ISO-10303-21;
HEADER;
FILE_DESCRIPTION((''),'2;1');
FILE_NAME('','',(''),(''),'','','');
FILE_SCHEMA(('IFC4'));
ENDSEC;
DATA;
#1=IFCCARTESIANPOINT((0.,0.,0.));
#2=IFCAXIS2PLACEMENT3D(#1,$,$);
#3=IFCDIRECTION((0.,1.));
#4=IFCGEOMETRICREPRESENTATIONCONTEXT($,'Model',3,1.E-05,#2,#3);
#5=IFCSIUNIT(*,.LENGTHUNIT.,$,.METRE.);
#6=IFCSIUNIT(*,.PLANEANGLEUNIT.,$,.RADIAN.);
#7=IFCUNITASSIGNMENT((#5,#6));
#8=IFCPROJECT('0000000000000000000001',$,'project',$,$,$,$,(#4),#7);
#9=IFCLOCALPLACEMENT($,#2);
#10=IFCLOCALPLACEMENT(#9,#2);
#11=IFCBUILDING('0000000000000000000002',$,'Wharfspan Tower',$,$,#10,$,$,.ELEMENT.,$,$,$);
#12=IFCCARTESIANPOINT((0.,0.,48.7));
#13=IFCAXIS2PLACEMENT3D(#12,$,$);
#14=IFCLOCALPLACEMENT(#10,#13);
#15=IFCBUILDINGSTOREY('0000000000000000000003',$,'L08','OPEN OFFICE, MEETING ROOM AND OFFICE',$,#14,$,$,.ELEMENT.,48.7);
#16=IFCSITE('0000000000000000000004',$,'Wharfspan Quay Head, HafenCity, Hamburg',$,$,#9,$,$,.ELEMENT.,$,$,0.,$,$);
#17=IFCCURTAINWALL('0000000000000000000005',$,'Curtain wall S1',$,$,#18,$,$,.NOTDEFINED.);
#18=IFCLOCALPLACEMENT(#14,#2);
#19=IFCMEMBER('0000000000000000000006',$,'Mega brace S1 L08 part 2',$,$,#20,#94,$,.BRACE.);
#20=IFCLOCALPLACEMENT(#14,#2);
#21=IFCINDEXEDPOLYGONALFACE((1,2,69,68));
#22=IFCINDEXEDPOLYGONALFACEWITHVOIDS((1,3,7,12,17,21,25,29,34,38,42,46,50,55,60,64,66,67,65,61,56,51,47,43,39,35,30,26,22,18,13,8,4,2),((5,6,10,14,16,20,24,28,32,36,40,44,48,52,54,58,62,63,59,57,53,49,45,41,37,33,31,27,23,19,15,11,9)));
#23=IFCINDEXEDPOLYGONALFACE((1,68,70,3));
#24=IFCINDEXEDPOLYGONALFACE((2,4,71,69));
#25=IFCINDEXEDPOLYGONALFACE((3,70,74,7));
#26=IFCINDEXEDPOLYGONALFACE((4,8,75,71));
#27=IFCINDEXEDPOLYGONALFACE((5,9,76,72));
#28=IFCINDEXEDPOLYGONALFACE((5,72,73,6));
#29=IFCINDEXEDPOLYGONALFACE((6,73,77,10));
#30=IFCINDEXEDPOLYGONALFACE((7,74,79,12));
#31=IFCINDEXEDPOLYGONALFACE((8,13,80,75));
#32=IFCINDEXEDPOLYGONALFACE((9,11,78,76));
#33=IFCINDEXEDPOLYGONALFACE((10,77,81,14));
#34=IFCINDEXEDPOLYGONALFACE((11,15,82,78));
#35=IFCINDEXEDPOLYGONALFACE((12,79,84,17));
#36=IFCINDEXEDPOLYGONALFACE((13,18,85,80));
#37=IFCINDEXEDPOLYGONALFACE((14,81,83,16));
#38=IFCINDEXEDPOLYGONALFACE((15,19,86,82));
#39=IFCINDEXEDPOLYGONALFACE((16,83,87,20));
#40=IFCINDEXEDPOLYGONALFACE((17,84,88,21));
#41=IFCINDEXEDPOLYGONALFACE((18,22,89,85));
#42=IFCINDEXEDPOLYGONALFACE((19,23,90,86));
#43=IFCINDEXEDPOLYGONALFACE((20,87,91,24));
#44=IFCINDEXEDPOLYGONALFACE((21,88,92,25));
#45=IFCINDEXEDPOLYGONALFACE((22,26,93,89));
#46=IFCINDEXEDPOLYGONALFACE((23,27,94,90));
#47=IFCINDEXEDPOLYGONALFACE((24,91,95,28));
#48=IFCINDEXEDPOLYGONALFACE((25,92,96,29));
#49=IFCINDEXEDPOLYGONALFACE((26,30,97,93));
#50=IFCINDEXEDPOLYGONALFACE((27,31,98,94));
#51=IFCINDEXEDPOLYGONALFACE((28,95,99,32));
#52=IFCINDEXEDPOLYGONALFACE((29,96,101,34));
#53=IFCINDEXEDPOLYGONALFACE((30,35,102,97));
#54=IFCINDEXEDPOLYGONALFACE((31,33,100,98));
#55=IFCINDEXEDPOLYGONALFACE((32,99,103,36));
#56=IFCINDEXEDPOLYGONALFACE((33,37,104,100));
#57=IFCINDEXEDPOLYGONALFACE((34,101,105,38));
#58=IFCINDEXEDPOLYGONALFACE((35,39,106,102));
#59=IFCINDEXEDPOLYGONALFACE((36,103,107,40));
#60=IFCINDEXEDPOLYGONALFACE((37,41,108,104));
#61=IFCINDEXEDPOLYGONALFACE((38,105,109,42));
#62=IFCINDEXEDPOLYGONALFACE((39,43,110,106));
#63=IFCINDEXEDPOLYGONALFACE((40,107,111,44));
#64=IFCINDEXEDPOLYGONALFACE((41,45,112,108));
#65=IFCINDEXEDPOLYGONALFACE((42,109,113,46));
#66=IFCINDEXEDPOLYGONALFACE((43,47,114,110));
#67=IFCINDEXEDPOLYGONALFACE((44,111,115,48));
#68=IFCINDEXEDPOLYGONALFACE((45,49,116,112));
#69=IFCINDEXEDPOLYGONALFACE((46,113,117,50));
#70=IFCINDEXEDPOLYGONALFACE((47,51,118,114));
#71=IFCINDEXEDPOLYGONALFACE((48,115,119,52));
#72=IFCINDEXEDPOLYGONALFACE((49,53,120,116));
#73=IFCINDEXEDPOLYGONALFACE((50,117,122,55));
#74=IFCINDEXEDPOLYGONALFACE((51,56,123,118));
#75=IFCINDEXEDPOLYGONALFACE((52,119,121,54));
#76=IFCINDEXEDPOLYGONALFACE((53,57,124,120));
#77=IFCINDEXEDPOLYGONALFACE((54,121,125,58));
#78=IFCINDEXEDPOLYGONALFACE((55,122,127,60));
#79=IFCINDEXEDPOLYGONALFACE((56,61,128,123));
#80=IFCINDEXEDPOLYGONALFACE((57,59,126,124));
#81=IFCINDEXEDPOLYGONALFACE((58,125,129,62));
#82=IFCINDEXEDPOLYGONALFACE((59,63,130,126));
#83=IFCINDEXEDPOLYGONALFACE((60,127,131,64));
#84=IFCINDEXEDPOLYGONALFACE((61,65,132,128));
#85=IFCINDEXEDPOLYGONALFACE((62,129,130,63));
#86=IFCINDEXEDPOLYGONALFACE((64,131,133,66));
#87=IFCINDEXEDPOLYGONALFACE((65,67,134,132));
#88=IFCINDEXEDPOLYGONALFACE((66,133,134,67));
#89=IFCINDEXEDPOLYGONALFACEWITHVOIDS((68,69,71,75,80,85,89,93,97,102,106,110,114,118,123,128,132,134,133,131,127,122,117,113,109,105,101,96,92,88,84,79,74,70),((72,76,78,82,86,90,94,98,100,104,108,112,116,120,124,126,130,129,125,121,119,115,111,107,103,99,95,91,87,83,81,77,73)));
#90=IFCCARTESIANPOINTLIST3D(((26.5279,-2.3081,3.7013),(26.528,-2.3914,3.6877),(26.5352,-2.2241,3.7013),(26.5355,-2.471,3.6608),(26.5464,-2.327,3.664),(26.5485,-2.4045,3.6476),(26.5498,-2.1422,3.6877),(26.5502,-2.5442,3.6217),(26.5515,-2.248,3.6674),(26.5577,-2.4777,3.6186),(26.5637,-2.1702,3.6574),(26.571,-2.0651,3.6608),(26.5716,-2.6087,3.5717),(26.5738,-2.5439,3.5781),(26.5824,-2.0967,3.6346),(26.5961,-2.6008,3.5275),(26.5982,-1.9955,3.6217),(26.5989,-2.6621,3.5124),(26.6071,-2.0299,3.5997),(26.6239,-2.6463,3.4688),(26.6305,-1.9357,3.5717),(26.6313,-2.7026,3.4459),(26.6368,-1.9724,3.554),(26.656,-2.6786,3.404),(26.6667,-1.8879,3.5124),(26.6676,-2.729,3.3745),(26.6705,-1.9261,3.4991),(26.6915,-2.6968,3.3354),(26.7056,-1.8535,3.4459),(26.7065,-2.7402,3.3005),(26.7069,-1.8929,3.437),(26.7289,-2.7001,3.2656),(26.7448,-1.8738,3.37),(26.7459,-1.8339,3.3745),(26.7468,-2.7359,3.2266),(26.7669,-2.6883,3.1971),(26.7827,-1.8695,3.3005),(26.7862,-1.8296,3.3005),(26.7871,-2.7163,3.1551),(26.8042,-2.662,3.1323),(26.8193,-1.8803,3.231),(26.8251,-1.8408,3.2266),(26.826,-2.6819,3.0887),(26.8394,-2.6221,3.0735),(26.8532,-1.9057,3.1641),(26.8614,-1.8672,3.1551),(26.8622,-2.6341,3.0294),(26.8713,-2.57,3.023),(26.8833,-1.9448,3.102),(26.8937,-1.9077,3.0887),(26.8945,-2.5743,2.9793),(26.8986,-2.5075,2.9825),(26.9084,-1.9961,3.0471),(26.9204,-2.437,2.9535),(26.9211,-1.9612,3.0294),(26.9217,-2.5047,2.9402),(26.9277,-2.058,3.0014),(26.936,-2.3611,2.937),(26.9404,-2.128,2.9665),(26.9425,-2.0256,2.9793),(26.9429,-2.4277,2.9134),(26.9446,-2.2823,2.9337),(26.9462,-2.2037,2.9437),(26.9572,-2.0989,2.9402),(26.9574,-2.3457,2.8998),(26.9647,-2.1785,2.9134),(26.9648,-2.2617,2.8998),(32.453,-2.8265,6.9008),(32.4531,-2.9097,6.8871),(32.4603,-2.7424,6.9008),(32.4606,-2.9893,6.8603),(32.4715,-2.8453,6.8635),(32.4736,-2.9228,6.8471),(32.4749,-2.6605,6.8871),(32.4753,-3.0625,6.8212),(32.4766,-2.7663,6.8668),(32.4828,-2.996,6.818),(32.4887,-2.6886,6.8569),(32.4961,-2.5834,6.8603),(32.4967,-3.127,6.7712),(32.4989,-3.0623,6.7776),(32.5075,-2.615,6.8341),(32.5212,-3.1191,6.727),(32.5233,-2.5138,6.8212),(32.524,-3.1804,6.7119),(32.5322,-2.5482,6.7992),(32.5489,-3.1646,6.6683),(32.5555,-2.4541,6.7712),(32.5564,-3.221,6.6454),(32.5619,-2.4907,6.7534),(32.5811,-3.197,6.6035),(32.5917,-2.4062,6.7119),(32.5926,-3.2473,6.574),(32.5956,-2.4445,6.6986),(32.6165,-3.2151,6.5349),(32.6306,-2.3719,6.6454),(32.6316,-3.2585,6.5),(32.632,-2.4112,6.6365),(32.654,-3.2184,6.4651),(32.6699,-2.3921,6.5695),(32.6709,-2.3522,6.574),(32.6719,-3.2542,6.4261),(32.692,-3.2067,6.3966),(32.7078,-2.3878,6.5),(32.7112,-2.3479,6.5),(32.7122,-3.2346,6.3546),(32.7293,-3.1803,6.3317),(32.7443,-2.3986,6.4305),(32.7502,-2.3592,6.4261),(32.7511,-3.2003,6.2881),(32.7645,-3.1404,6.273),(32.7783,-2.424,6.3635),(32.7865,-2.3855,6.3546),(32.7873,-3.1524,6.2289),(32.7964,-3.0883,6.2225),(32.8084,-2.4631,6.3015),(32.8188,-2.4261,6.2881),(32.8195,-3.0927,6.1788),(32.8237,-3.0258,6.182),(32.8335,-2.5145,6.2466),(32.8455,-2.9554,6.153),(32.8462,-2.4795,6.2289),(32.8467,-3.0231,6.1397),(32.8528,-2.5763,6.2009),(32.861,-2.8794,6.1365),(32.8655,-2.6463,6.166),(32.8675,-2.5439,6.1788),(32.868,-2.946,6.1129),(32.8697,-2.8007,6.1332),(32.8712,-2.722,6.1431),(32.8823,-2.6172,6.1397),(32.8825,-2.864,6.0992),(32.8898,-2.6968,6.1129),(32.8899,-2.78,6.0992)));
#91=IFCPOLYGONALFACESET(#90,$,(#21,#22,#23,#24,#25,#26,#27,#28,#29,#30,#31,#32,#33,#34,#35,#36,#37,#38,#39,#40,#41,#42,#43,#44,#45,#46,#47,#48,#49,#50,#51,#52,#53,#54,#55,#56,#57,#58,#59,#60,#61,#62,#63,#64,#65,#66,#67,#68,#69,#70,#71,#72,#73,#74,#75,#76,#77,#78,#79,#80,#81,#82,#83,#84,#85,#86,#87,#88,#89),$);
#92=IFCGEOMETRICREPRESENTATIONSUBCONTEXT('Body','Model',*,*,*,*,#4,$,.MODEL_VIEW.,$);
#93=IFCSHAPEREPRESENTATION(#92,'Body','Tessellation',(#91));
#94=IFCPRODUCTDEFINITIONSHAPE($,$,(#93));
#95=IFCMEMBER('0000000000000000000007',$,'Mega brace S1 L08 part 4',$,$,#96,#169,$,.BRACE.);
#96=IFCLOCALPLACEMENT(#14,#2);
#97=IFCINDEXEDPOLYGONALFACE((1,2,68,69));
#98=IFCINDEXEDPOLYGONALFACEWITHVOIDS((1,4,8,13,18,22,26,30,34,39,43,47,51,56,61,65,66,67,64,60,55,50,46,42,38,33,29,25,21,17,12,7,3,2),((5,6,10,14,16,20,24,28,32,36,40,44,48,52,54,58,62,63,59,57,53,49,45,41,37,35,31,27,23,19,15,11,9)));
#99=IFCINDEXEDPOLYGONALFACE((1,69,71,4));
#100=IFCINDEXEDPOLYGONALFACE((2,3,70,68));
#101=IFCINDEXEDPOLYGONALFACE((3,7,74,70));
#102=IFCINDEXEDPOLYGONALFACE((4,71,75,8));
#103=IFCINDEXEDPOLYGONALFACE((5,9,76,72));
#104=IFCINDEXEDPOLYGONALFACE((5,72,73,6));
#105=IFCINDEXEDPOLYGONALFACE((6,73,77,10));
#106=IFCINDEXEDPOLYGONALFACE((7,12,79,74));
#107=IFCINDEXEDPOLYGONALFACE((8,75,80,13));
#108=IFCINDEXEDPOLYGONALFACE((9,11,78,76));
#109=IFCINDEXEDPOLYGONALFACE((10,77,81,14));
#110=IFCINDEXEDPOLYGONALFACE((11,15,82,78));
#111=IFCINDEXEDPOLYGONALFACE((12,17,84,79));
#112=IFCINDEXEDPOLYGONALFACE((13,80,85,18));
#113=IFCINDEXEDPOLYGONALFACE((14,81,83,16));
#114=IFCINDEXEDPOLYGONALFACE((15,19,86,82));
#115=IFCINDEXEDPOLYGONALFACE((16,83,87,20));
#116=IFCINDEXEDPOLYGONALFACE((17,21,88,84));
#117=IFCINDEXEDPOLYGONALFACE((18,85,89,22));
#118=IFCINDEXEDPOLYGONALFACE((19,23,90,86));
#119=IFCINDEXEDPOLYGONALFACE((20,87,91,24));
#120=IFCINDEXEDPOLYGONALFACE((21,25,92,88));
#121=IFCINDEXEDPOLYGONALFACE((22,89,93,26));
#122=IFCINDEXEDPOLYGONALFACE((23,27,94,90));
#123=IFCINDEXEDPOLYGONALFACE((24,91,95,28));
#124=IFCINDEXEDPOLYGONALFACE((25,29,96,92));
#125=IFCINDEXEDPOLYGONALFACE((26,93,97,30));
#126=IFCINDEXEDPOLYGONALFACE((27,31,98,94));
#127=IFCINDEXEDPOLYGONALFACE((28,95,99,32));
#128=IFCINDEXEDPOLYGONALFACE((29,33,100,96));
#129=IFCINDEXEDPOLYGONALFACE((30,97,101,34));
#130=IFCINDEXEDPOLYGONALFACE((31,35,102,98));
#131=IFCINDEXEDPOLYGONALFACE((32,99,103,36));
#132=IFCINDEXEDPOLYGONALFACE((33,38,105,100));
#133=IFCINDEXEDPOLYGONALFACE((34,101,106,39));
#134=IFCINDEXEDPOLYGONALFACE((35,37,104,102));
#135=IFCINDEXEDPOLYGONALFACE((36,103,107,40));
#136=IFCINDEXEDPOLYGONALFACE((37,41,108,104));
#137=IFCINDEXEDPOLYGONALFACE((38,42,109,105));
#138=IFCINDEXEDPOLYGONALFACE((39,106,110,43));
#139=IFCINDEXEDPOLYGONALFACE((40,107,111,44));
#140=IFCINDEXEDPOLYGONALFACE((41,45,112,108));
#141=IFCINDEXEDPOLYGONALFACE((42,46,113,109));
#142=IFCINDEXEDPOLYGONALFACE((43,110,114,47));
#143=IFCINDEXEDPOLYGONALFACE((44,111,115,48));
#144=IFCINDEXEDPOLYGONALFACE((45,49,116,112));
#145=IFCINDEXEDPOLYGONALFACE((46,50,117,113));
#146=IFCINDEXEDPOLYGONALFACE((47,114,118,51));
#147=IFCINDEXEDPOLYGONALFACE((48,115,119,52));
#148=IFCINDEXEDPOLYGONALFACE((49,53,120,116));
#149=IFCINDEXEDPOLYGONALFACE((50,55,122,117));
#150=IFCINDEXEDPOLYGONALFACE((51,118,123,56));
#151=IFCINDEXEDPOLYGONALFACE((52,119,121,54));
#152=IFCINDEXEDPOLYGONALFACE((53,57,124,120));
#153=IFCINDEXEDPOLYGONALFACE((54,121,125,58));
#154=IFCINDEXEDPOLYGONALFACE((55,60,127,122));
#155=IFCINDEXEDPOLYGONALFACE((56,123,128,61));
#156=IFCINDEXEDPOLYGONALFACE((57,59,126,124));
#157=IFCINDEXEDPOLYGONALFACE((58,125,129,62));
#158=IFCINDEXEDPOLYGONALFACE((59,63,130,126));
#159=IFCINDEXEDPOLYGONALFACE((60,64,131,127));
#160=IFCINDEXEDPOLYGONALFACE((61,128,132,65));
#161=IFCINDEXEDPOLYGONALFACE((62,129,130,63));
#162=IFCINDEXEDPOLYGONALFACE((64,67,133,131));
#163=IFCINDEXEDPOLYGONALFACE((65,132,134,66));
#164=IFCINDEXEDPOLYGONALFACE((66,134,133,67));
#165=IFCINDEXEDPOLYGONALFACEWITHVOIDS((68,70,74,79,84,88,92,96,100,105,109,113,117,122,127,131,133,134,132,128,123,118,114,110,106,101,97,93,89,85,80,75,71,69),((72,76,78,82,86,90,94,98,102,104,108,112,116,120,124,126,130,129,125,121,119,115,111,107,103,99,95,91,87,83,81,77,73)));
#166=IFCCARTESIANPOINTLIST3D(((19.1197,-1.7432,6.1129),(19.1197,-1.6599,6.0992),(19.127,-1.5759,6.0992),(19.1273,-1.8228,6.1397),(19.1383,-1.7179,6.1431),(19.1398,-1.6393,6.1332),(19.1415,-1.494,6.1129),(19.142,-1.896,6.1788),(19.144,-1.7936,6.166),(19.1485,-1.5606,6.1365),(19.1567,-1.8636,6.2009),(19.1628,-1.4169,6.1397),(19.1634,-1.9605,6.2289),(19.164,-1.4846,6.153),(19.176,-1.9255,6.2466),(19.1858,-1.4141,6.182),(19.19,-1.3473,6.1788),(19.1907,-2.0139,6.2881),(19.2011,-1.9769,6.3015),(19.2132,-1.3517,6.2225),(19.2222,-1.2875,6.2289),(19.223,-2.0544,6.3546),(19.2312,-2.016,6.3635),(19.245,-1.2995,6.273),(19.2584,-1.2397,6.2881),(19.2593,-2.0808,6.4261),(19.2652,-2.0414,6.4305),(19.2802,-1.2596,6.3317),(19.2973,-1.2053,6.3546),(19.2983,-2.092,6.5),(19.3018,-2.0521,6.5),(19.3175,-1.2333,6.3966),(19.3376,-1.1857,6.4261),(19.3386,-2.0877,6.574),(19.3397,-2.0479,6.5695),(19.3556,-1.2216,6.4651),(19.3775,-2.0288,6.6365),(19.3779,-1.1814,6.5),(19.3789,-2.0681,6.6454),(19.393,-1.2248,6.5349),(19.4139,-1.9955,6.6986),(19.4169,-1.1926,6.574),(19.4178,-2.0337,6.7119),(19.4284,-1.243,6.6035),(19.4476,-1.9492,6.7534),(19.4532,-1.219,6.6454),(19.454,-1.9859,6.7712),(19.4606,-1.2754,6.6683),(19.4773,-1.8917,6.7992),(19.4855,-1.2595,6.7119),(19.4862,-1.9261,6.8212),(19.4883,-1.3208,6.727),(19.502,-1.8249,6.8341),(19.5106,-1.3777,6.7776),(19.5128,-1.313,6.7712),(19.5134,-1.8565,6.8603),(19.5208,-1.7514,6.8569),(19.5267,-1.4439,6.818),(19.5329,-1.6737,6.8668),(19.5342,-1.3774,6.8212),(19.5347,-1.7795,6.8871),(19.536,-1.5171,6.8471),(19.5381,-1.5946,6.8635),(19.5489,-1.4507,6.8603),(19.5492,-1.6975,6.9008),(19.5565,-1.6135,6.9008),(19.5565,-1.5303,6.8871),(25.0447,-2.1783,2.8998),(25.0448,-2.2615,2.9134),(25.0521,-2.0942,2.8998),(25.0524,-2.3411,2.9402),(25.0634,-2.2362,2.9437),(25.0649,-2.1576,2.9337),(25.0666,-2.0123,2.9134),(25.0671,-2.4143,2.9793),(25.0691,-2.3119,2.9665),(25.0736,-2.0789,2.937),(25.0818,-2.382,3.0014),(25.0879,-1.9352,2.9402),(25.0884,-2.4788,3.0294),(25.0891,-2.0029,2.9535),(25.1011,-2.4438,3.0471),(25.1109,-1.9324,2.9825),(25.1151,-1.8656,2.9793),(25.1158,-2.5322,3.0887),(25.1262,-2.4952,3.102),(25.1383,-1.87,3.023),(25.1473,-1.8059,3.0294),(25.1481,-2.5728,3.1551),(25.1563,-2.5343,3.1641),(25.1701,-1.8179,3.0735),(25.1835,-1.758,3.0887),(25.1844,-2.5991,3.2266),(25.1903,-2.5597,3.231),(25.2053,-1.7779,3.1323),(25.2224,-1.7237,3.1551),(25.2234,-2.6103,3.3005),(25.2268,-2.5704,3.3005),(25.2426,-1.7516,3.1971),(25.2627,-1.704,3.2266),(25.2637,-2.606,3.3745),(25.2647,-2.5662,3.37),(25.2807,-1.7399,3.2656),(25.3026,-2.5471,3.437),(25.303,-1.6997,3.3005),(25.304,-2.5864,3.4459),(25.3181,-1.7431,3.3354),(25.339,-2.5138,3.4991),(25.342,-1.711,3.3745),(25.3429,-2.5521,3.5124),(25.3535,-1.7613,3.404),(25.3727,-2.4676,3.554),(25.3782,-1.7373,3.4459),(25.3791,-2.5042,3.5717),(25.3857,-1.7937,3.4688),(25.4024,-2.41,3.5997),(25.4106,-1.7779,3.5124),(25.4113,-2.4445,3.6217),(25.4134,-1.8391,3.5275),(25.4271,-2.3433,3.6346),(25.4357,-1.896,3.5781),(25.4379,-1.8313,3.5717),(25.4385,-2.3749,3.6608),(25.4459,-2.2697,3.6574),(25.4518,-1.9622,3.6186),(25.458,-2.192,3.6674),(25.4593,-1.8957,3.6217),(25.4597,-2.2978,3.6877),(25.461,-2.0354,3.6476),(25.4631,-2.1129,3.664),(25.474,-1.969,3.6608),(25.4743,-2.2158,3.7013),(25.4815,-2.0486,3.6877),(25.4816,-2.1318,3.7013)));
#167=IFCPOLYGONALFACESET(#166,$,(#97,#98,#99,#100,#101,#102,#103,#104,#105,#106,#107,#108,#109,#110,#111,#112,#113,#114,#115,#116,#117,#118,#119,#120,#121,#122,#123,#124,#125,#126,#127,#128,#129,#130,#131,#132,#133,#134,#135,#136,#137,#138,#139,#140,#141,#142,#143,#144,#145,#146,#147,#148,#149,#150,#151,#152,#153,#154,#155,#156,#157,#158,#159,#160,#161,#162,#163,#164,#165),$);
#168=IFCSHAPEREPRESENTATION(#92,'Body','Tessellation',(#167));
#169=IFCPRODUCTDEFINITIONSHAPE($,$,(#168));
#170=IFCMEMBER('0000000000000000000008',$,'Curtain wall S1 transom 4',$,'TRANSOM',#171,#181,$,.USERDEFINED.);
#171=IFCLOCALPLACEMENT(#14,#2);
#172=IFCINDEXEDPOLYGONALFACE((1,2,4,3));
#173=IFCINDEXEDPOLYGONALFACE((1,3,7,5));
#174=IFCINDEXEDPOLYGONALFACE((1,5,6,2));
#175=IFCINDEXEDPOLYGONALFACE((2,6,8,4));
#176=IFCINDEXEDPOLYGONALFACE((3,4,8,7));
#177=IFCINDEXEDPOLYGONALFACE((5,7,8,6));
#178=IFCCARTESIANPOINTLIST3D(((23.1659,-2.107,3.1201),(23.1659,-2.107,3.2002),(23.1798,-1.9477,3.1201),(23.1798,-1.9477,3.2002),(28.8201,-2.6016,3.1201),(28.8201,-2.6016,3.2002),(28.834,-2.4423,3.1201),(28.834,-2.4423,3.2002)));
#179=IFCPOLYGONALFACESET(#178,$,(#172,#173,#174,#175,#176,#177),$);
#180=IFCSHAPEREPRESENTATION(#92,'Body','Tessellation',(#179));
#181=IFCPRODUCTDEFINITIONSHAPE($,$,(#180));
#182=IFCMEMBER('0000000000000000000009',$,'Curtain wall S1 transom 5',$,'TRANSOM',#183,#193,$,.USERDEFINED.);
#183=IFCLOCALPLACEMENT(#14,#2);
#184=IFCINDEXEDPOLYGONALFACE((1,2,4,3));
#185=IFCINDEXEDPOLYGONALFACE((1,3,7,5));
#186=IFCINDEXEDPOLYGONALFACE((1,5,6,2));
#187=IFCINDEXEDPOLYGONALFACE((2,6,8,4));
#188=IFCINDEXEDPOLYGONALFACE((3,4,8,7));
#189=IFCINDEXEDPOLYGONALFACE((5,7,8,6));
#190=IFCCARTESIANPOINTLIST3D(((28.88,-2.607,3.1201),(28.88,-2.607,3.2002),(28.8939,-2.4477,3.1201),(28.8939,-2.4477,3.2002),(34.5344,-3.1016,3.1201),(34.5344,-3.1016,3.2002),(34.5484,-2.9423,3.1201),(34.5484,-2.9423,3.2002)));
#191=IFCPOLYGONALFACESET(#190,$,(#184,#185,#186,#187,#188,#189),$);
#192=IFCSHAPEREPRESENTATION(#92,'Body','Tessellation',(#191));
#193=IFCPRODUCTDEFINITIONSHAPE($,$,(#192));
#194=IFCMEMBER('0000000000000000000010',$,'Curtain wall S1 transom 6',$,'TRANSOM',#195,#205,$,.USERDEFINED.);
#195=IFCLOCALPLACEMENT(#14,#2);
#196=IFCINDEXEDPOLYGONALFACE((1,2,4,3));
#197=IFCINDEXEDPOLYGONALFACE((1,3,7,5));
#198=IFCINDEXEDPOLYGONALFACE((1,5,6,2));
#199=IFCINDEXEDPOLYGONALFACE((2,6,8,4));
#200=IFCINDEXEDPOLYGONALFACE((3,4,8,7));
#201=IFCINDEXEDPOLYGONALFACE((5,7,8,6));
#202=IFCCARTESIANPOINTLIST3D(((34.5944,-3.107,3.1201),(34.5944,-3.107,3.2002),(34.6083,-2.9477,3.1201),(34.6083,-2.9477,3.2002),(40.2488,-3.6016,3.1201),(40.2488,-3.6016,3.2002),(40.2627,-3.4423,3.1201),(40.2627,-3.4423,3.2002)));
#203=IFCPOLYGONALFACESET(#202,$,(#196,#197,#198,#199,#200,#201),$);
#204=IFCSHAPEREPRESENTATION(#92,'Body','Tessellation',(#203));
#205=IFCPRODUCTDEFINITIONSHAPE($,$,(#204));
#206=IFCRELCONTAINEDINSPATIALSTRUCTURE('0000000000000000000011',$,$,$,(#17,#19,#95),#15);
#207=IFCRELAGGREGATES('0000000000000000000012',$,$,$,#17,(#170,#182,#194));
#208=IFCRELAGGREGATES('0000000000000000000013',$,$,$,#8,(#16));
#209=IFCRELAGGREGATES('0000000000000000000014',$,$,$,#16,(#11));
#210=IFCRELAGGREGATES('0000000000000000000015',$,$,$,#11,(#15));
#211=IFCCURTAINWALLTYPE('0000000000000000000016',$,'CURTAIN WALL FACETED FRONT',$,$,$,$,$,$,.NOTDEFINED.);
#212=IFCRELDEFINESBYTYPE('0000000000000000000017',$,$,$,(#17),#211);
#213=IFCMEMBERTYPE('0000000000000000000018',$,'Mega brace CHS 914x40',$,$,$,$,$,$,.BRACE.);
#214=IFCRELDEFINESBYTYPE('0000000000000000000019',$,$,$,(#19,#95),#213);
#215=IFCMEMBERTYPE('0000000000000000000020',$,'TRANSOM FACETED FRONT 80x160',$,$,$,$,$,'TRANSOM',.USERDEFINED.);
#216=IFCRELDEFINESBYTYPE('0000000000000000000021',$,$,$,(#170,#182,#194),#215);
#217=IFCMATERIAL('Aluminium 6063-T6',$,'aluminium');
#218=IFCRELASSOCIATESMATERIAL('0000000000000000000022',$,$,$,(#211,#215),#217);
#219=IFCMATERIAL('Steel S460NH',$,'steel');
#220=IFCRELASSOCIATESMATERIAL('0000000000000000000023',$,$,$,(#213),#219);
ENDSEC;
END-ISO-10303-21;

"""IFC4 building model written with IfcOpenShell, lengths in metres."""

from ifc_helpers import new_model, si_unit, direction, frame, origin, origin_2d, place, context, subcontext, project, spatial, rectangle, hollow_circle, extrude, material, material_profile, profile_set, type_object, element, aggregate, save


model = new_model("IFC4")

# Units and contexts
model_context = context("Model", 3, precision=1e-05, world=origin(), true_north=direction((0.0, 1.0)))
body_context = subcontext(model_context, "Body", "Model", "MODEL_VIEW")
ifc_project = project(units=[si_unit("LENGTHUNIT", "METRE"), si_unit("PLANEANGLEUNIT", "RADIAN")], contexts=[model_context])

# Site, building, storey
site_placement = place(None, origin())
site = spatial("IfcSite", under=ifc_project, at=site_placement, Name="Wharfspan Quay Head, HafenCity, Hamburg", CompositionType="ELEMENT", RefElevation=0.0)
building_placement = place(site_placement, origin())
building = spatial("IfcBuilding", under=site, at=building_placement, Name="Wharfspan Tower", CompositionType="ELEMENT")
storey_placement = place(building_placement, frame((0.0, 0.0, 48.7)))
storey = spatial("IfcBuildingStorey", under=building, at=storey_placement, Name="L08", Description="OPEN OFFICE, MEETING ROOM AND OFFICE", CompositionType="ELEMENT", Elevation=48.7)

# Shared definitions
ifc_material_1 = material(Name="Steel S460NH", Category="steel")

# Curtain wall
ifc_material_2 = material(Name="Aluminium 6063-T6", Category="aluminium")
curtain_wall_type = type_object("IfcCurtainWallType", Name="CURTAIN WALL FACETED FRONT", PredefinedType="NOTDEFINED", material=ifc_material_2)
curtain_wall_placement = place(storey_placement, origin())
curtain_wall = element("IfcCurtainWall", 1, at=curtain_wall_placement, inside=storey, type_object=curtain_wall_type, Name="Curtain wall S1", PredefinedType="NOTDEFINED")

# Members
ifc_material_profile_1 = material_profile(ifc_material_1, hollow_circle(Radius=0.457, WallThickness=0.04, at=origin_2d()))
ifc_profile_set_1 = profile_set([ifc_material_profile_1], Name="Steel S460NH")
member_type_1 = type_object("IfcMemberType", Name="Mega brace CHS 914x40", PredefinedType="BRACE", material=ifc_profile_set_1)
for number, where, z_axis, x_axis, name in (
    (2, (26.7463, -2.2849, 3.3005), (0.877314, -0.076746, 0.47374), (0.087144, 0.996196, 0.000003), "Mega brace S1 L08 part 2"),
    (3, (25.2632, -2.155, 3.3005), (-0.877314, 0.076746, 0.47374), (-0.087144, -0.996196, 0.000003), "Mega brace S1 L08 part 4"),
):
    element("IfcMember", number, at=place(storey_placement, frame(where, z_axis=z_axis, x_axis=x_axis)), inside=storey, type_object=member_type_1, Name=name, PredefinedType="BRACE", context=body_context, shape_type="SweptSolid", body=[
        extrude(hollow_circle(Radius=0.457, WallThickness=0.04, at=origin_2d()), origin(), (0.0, 0.0, 1.0), 6.7537),
    ])

# Members
ifc_material_profile_2 = material_profile(ifc_material_2, rectangle(XDim=0.1599, YDim=0.0801, at=origin_2d()))
ifc_profile_set_2 = profile_set([ifc_material_profile_2], Name="Aluminium 6063-T6")
member_type_2 = type_object("IfcMemberType", Name="TRANSOM FACETED FRONT 80x160", ElementType="TRANSOM", PredefinedType="USERDEFINED", material=ifc_profile_set_2)
member_1_placement = place(storey_placement, frame((23.1729, -2.0273, 3.1602), z_axis=(0.996196, -0.087146, 0.0), x_axis=(0.087146, 0.996196, 0.0)))
member_1 = element("IfcMember", 4, at=member_1_placement, type_object=member_type_2, Name="Curtain wall S1 transom 4", ObjectType="TRANSOM", PredefinedType="USERDEFINED", context=body_context, shape_type="SweptSolid", body=[
    extrude(rectangle(XDim=0.1599, YDim=0.0801, at=origin_2d()), origin(), (0.0, 0.0, 1.0), 5.6758),
])
member_2_placement = place(storey_placement, frame((28.887, -2.5273, 3.1602), z_axis=(0.996196, -0.087142, 0.0), x_axis=(0.087142, 0.996196, 0.0)))
member_2 = element("IfcMember", 5, at=member_2_placement, type_object=member_type_2, Name="Curtain wall S1 transom 5", ObjectType="TRANSOM", PredefinedType="USERDEFINED", context=body_context, shape_type="SweptSolid", body=[
    extrude(rectangle(XDim=0.1599, YDim=0.0801, at=origin_2d()), origin(), (0.0, 0.0, 1.0), 5.676),
])
member_3_placement = place(storey_placement, frame((34.6013, -3.0273, 3.1602), z_axis=(0.996196, -0.087142, 0.0), x_axis=(0.087142, 0.996196, 0.0)))
member_3 = element("IfcMember", 6, at=member_3_placement, type_object=member_type_2, Name="Curtain wall S1 transom 6", ObjectType="TRANSOM", PredefinedType="USERDEFINED", context=body_context, shape_type="SweptSolid", body=[
    extrude(rectangle(XDim=0.1599, YDim=0.0801, at=origin_2d()), origin(), (0.0, 0.0, 1.0), 5.676),
])

aggregate(curtain_wall, [member_1, member_2, member_3])

save(model, "model.ifc")
